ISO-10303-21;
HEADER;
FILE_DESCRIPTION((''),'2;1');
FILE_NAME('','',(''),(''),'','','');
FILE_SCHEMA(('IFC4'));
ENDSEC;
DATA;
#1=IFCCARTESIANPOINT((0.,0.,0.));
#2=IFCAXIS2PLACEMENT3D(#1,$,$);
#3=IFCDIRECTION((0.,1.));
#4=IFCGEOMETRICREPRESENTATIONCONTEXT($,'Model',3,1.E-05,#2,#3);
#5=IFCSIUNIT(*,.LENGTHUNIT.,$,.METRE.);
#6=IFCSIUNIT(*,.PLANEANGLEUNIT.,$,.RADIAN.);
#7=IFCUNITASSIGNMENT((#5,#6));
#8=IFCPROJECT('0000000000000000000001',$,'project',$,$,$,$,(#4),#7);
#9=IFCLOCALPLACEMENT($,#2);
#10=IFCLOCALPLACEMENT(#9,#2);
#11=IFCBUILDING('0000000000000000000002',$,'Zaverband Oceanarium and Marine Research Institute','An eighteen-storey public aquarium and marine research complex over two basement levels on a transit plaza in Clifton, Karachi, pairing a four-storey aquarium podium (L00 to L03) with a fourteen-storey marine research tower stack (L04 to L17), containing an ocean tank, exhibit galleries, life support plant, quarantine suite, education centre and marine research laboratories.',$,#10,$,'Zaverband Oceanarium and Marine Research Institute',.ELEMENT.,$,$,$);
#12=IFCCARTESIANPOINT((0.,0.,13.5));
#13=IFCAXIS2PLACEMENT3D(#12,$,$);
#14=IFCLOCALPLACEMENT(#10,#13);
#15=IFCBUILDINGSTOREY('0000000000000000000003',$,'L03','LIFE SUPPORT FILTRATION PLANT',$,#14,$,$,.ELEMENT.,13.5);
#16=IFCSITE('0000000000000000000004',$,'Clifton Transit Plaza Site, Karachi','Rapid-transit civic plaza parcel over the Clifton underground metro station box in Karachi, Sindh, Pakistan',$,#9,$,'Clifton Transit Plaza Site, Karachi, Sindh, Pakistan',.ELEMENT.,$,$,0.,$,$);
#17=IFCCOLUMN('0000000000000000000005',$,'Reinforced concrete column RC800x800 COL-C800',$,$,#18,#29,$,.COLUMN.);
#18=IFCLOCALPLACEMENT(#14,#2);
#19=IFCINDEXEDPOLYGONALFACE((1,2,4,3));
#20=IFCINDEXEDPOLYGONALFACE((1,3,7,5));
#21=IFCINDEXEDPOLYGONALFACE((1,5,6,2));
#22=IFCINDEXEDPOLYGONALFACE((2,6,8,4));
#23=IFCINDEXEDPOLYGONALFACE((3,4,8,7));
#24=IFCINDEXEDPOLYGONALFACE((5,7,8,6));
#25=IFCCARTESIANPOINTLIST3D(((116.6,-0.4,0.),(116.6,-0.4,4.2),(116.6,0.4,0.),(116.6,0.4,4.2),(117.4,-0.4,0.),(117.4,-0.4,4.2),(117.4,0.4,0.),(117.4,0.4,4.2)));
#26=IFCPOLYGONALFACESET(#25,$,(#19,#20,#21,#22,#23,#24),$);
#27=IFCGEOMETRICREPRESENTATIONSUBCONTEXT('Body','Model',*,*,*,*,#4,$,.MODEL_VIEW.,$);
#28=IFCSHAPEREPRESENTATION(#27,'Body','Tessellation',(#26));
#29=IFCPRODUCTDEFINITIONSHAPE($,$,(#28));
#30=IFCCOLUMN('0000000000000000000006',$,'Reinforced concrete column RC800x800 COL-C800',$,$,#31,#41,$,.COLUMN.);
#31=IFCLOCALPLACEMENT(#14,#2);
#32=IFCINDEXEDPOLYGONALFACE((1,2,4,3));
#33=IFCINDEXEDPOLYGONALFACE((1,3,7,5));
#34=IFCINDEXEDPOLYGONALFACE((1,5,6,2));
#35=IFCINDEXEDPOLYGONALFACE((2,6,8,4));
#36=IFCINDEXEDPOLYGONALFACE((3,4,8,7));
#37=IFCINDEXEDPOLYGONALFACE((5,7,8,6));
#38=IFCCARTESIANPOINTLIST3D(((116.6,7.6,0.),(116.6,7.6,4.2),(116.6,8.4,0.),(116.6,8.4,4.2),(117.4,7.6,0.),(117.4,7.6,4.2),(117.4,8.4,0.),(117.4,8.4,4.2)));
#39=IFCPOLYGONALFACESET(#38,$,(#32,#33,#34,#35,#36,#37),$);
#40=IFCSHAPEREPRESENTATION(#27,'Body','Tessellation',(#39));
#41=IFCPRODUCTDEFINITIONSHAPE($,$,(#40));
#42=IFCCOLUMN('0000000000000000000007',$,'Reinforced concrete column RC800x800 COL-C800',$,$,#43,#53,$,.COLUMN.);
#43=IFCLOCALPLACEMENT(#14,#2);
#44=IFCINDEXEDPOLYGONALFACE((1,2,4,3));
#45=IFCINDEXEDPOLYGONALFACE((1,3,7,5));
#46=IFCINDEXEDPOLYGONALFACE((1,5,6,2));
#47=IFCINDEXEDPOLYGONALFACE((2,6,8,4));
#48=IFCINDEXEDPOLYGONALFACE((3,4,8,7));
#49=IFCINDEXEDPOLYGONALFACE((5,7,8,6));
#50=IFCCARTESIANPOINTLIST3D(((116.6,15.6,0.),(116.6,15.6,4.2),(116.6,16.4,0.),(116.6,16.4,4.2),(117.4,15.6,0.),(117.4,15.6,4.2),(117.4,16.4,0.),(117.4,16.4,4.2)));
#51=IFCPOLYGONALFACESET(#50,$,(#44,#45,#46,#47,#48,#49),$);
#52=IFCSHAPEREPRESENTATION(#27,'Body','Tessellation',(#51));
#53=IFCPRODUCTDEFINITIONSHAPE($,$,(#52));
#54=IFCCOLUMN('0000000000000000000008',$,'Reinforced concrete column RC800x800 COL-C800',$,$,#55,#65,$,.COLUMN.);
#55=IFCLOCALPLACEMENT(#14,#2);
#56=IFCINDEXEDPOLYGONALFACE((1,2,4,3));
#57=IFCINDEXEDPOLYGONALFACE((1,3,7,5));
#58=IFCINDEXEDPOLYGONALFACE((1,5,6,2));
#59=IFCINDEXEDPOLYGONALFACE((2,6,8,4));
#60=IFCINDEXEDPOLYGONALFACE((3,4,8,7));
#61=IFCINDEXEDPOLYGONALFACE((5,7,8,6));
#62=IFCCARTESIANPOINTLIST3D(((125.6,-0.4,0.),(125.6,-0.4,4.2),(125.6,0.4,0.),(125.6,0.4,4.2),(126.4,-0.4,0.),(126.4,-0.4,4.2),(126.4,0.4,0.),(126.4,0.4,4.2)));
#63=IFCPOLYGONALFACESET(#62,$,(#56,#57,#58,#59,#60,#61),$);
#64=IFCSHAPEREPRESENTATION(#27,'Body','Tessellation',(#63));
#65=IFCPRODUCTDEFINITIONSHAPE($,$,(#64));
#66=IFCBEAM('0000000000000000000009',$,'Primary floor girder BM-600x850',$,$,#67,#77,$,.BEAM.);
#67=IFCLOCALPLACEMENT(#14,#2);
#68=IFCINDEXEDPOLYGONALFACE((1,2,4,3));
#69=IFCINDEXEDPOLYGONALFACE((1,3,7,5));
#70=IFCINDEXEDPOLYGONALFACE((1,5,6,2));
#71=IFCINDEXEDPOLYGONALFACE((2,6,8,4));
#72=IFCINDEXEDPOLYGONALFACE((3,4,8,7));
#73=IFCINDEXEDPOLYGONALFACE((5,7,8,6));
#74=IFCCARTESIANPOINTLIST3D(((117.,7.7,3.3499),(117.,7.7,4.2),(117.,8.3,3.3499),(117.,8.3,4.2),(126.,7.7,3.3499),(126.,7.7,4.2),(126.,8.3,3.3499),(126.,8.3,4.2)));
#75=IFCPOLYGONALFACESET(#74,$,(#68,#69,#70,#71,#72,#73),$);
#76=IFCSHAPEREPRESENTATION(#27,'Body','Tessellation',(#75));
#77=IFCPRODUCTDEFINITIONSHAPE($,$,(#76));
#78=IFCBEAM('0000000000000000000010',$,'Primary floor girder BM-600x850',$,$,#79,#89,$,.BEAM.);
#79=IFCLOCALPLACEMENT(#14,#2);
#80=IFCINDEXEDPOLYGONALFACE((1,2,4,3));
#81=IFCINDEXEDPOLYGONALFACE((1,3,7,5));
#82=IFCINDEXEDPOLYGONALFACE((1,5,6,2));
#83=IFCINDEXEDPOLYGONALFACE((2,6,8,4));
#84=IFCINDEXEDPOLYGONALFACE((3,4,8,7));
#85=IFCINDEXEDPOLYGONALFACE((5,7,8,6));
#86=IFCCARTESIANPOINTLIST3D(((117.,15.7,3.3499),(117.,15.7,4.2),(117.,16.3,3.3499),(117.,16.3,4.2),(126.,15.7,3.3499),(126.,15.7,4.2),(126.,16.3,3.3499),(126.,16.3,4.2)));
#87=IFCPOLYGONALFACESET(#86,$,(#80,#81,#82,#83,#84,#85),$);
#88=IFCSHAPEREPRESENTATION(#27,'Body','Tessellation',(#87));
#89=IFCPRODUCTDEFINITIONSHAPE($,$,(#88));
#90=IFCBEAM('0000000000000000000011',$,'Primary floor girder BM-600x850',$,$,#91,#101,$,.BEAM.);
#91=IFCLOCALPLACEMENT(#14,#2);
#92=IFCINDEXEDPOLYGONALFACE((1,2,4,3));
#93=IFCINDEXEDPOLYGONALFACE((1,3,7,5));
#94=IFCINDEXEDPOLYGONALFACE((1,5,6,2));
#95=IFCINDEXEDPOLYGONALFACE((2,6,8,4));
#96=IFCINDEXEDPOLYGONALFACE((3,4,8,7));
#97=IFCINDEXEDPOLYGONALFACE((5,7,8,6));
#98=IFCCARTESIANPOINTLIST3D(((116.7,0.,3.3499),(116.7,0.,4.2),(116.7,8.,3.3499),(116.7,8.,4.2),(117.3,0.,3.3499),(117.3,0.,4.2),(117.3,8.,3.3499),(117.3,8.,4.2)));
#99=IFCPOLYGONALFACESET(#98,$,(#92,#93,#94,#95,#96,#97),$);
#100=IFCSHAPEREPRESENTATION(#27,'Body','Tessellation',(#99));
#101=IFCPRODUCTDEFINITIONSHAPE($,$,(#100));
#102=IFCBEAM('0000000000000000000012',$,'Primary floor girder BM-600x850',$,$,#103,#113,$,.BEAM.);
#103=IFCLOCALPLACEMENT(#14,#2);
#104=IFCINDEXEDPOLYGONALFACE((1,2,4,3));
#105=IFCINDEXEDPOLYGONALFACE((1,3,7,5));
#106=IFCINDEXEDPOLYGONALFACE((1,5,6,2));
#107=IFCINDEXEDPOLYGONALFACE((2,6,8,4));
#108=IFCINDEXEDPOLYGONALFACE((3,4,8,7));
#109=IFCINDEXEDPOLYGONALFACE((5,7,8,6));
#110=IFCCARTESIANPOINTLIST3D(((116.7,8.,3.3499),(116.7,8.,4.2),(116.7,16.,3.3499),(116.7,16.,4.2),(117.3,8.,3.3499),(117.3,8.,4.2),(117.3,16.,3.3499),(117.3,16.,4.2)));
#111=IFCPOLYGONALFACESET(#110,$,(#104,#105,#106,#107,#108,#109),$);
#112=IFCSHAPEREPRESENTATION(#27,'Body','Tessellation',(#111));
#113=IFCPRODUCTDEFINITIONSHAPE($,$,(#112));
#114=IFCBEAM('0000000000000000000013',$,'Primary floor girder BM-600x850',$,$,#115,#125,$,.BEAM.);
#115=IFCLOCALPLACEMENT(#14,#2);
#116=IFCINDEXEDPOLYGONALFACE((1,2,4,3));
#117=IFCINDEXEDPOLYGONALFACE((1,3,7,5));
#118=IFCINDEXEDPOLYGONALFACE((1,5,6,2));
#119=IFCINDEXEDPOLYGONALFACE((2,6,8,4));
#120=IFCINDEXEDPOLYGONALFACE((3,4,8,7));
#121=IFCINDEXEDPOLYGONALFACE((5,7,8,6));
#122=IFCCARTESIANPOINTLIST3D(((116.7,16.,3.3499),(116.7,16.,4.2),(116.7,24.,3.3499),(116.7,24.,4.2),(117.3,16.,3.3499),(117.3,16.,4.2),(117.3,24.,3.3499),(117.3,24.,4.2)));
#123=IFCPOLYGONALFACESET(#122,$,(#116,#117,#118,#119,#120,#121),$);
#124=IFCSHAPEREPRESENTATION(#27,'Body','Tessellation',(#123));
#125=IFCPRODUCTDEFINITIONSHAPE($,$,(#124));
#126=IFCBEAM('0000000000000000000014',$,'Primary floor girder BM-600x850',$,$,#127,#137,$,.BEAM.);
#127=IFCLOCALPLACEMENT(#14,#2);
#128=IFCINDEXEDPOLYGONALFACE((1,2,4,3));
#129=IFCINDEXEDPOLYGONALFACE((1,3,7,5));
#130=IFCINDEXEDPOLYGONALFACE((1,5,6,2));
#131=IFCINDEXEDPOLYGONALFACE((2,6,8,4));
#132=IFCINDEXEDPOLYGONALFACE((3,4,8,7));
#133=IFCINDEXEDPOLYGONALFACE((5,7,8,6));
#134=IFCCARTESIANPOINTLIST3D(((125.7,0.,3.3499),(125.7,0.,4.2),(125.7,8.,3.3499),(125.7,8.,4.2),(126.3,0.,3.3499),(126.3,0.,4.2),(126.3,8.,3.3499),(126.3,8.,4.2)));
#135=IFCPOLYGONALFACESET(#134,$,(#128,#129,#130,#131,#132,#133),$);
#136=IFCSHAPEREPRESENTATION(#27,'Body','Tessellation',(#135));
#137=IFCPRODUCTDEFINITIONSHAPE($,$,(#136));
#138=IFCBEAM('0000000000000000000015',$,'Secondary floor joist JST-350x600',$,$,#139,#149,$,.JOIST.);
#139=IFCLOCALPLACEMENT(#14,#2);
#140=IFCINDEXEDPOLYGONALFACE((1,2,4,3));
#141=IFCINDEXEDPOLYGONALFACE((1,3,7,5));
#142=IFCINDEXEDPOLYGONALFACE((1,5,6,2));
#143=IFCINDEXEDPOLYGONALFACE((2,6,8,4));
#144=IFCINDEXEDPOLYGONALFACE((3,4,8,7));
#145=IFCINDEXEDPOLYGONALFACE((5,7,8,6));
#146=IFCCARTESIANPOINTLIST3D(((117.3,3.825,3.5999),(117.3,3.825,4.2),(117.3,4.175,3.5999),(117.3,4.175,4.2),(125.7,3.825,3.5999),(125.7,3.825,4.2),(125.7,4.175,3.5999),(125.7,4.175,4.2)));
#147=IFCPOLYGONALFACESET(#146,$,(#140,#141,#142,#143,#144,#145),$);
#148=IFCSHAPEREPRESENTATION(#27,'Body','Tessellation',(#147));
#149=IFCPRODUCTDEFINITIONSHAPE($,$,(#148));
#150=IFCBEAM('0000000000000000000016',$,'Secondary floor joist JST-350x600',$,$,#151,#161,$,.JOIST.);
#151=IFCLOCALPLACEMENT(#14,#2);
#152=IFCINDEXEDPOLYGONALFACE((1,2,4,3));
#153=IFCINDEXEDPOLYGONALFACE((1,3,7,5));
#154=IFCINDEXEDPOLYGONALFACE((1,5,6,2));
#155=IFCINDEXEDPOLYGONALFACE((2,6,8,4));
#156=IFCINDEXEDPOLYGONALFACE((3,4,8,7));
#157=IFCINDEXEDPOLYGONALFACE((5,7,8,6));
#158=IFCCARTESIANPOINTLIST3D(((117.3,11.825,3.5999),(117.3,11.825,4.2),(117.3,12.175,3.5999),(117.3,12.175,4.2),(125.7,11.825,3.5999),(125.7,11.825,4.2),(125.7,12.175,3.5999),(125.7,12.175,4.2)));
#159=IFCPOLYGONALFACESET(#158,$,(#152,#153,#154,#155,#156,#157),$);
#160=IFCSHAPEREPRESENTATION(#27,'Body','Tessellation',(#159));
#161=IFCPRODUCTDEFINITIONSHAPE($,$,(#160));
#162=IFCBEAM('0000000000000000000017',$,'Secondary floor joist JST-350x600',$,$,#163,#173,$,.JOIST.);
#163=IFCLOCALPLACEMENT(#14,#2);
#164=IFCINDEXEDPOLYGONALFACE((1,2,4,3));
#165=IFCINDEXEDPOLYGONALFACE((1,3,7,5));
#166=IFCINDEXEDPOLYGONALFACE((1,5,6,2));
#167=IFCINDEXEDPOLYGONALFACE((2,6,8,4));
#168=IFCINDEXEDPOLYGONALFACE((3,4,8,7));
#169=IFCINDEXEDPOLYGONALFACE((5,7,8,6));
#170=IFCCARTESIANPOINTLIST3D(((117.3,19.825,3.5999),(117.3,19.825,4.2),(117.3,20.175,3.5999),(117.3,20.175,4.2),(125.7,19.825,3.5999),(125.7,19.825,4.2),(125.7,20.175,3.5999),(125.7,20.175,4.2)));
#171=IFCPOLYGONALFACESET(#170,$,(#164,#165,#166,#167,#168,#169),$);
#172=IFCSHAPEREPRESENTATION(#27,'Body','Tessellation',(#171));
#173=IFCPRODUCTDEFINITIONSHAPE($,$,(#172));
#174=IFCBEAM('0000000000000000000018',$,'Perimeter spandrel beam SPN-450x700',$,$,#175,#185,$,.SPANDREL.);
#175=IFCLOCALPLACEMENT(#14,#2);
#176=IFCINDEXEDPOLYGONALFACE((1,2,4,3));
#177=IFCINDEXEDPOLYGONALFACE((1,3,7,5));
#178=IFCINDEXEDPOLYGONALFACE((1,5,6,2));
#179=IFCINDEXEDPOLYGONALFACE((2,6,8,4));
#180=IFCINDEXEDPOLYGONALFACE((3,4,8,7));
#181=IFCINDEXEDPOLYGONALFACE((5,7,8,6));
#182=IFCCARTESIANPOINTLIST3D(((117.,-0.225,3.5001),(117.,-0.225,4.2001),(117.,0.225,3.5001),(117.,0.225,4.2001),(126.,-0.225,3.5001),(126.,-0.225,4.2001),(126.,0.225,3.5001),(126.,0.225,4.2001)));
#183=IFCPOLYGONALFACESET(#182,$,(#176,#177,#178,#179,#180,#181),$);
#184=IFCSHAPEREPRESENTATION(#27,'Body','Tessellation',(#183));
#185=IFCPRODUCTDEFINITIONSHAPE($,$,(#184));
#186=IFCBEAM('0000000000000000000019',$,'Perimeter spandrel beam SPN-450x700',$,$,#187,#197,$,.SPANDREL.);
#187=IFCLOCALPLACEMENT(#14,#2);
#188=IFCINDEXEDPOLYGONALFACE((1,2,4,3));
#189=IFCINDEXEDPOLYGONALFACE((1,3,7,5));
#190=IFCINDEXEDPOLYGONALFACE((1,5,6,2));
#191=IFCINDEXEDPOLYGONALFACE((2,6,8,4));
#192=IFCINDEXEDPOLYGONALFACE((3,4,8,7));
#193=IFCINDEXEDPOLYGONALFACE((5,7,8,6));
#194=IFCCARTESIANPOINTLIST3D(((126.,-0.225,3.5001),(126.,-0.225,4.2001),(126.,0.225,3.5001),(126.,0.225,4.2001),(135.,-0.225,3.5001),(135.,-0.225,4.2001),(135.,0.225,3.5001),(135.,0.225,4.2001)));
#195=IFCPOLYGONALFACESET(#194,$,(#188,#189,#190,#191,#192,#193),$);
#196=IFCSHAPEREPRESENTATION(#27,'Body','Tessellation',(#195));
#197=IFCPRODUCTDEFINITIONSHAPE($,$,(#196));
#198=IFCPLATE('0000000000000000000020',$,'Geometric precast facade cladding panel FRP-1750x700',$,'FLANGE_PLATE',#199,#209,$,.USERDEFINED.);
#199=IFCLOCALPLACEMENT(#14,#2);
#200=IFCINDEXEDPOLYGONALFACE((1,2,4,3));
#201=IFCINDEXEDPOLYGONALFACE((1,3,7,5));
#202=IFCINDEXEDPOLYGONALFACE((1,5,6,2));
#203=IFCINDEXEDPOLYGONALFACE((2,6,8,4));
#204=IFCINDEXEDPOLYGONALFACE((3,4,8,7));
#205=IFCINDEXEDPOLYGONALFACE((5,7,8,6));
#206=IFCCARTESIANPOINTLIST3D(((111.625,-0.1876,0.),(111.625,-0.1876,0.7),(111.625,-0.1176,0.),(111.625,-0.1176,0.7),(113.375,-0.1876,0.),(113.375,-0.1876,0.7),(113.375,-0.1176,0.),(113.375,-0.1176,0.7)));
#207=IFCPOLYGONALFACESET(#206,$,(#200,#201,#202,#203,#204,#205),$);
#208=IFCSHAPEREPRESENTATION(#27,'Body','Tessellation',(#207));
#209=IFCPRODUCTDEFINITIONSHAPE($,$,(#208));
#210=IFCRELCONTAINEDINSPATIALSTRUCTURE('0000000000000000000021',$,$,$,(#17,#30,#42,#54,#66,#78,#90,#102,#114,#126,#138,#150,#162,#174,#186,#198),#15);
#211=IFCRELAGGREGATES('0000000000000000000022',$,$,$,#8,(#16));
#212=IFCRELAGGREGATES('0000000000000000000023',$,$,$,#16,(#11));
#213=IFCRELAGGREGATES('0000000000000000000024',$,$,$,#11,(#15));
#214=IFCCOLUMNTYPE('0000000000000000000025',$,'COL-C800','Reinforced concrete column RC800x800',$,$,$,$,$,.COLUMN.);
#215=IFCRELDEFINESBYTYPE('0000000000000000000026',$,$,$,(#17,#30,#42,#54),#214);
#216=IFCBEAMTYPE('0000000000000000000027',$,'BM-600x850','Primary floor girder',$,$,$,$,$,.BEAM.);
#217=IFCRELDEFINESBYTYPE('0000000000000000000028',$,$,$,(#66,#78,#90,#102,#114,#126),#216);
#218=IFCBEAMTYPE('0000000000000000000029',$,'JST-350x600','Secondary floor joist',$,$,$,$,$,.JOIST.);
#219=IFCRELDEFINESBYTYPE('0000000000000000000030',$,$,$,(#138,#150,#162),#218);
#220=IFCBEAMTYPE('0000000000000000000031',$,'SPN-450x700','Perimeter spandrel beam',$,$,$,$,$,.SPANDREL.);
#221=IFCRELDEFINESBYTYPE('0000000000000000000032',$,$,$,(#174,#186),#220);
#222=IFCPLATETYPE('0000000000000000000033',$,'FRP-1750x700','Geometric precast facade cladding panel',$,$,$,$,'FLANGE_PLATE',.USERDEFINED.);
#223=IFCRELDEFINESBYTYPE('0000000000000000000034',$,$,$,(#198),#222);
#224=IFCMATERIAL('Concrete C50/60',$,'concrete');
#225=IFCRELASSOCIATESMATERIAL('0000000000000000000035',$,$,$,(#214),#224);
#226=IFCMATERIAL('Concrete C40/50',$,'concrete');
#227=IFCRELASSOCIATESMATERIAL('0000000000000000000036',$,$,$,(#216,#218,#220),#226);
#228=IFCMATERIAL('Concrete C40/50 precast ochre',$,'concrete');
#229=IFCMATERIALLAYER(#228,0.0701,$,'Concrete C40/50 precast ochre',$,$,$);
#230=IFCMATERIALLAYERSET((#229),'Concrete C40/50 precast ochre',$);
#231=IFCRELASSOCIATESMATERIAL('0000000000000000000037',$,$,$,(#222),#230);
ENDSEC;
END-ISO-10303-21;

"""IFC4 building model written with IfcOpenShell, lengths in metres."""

from ifc_helpers import new_model, si_unit, direction, frame, frame_2d, origin, origin_2d, place, context, subcontext, project, spatial, rectangle, extrude, material, layer, layer_set, material_profile, profile_set, type_object, element, save


model = new_model("IFC4")

# Units and contexts
model_context = context("Model", 3, precision=1e-05, world=origin(), true_north=direction((0.0, 1.0)))
body_context = subcontext(model_context, "Body", "Model", "MODEL_VIEW")
ifc_project = project(units=[si_unit("LENGTHUNIT", "METRE"), si_unit("PLANEANGLEUNIT", "RADIAN")], contexts=[model_context])

# Site, building, storey
site_placement = place(None, origin())
site = spatial("IfcSite", under=ifc_project, at=site_placement, Name="Clifton Transit Plaza Site, Karachi", Description="Rapid-transit civic plaza parcel over the Clifton underground metro station box in Karachi, Sindh, Pakistan", LongName="Clifton Transit Plaza Site, Karachi, Sindh, Pakistan", CompositionType="ELEMENT", RefElevation=0.0)
building_placement = place(site_placement, origin())
building = spatial("IfcBuilding", under=site, at=building_placement, Name="Zaverband Oceanarium and Marine Research Institute", Description="An eighteen-storey public aquarium and marine research complex over two basement levels on a transit plaza in Clifton, Karachi, pairing a four-storey aquarium podium (L00 to L03) with a fourteen-storey marine research tower stack (L04 to L17), containing an ocean tank, exhibit galleries, life support plant, quarantine suite, education centre and marine research laboratories.", LongName="Zaverband Oceanarium and Marine Research Institute", CompositionType="ELEMENT")
storey_placement = place(building_placement, frame((0.0, 0.0, 13.5)))
storey = spatial("IfcBuildingStorey", under=building, at=storey_placement, Name="L03", Description="LIFE SUPPORT FILTRATION PLANT", CompositionType="ELEMENT", Elevation=13.5)

# Columns
ifc_material_1 = material(Name="Concrete C50/60", Category="concrete")
ifc_material_profile_1 = material_profile(ifc_material_1, rectangle(XDim=0.8, YDim=0.8, at=origin_2d()), Name="RC800x800")
ifc_profile_set_1 = profile_set([ifc_material_profile_1], Name="Concrete C50/60")
column_type = type_object("IfcColumnType", Name="COL-C800", Description="Reinforced concrete column RC800x800", PredefinedType="COLUMN", material=ifc_profile_set_1)
for number, where, z_axis, x_axis, name in (
    (1, (117.0, 0.0, 0.0), (0.0, 0.0, 1.0), (1.0, 0.0, 0.0), "Reinforced concrete column RC800x800 COL-C800"),
    (2, (117.0, 8.0, 0.0), (0.0, 0.0, 1.0), (1.0, 0.0, 0.0), "Reinforced concrete column RC800x800 COL-C800"),
    (3, (117.0, 16.0, 0.0), (0.0, 0.0, 1.0), (1.0, 0.0, 0.0), "Reinforced concrete column RC800x800 COL-C800"),
    (4, (126.0, 0.0, 0.0), (0.0, 0.0, 1.0), (1.0, 0.0, 0.0), "Reinforced concrete column RC800x800 COL-C800"),
):
    element("IfcColumn", number, at=place(storey_placement, frame(where, z_axis=z_axis, x_axis=x_axis)), inside=storey, type_object=column_type, Name=name, PredefinedType="COLUMN", context=body_context, shape_type="SweptSolid", body=[
        extrude(rectangle(XDim=0.8, YDim=0.8, at=origin_2d()), origin(), (0.0, 0.0, 1.0), 4.2),
    ])

# Beams
ifc_material_2 = material(Name="Concrete C40/50", Category="concrete")
ifc_material_profile_2 = material_profile(ifc_material_2, rectangle(XDim=0.6001, YDim=0.8501, at=origin_2d()), Name="RC600x850")
ifc_profile_set_2 = profile_set([ifc_material_profile_2], Name="Concrete C40/50")
beam_type_1 = type_object("IfcBeamType", Name="BM-600x850", Description="Primary floor girder", PredefinedType="BEAM", material=ifc_profile_set_2)
for number, where, z_axis, x_axis, name in (
    (5, (117.0, 8.0, 3.7749), (1.0, 0.0, 0.0), (0.0, 1.0, 0.0), "Primary floor girder BM-600x850"),
    (6, (117.0, 16.0, 3.7749), (1.0, 0.0, 0.0), (0.0, 1.0, 0.0), "Primary floor girder BM-600x850"),
):
    element("IfcBeam", number, at=place(storey_placement, frame(where, z_axis=z_axis, x_axis=x_axis)), inside=storey, type_object=beam_type_1, Name=name, PredefinedType="BEAM", context=body_context, shape_type="SweptSolid", body=[
        extrude(rectangle(XDim=0.6001, YDim=0.8501, at=origin_2d()), origin(), (0.0, 0.0, 1.0), 9.0),
    ])
for number, where, z_axis, x_axis, name in (
    (7, (117.0, 0.0, 3.7749), (0.0, 1.0, 0.0), (-1.0, 0.0, 0.0), "Primary floor girder BM-600x850"),
    (8, (117.0, 8.0, 3.7749), (0.0, 1.0, 0.0), (-1.0, 0.0, 0.0), "Primary floor girder BM-600x850"),
    (9, (117.0, 16.0, 3.7749), (0.0, 1.0, 0.0), (-1.0, 0.0, 0.0), "Primary floor girder BM-600x850"),
    (10, (126.0, 0.0, 3.7749), (0.0, 1.0, 0.0), (-1.0, 0.0, 0.0), "Primary floor girder BM-600x850"),
):
    element("IfcBeam", number, at=place(storey_placement, frame(where, z_axis=z_axis, x_axis=x_axis)), inside=storey, type_object=beam_type_1, Name=name, PredefinedType="BEAM", context=body_context, shape_type="SweptSolid", body=[
        extrude(rectangle(XDim=0.6001, YDim=0.8501, at=origin_2d()), origin(), (0.0, 0.0, 1.0), 8.0),
    ])
ifc_material_profile_3 = material_profile(ifc_material_2, rectangle(XDim=0.3501, YDim=0.6001, at=origin_2d()), Name="RC350x600")
ifc_profile_set_3 = profile_set([ifc_material_profile_3], Name="Concrete C40/50")
beam_type_2 = type_object("IfcBeamType", Name="JST-350x600", Description="Secondary floor joist", PredefinedType="JOIST", material=ifc_profile_set_3)
for number, where, z_axis, x_axis, name in (
    (11, (117.3, 4.0, 3.8999), (1.0, 0.0, 0.0), (0.0, 1.0, 0.0), "Secondary floor joist JST-350x600"),
    (12, (117.3, 12.0, 3.8999), (1.0, 0.0, 0.0), (0.0, 1.0, 0.0), "Secondary floor joist JST-350x600"),
    (13, (117.3, 20.0, 3.8999), (1.0, 0.0, 0.0), (0.0, 1.0, 0.0), "Secondary floor joist JST-350x600"),
):
    element("IfcBeam", number, at=place(storey_placement, frame(where, z_axis=z_axis, x_axis=x_axis)), inside=storey, type_object=beam_type_2, Name=name, PredefinedType="JOIST", context=body_context, shape_type="SweptSolid", body=[
        extrude(rectangle(XDim=0.3501, YDim=0.6001, at=origin_2d()), origin(), (0.0, 0.0, 1.0), 8.3999),
    ])
ifc_material_profile_4 = material_profile(ifc_material_2, rectangle(XDim=0.45, YDim=0.7, at=origin_2d()), Name="RC450x700")
ifc_profile_set_4 = profile_set([ifc_material_profile_4], Name="Concrete C40/50")
beam_type_3 = type_object("IfcBeamType", Name="SPN-450x700", Description="Perimeter spandrel beam", PredefinedType="SPANDREL", material=ifc_profile_set_4)
for number, where, z_axis, x_axis, name in (
    (14, (117.0, 0.0, 3.8501), (1.0, 0.0, 0.0), (0.0, 1.0, 0.0), "Perimeter spandrel beam SPN-450x700"),
    (15, (126.0, 0.0, 3.8501), (1.0, 0.0, 0.0), (0.0, 1.0, 0.0), "Perimeter spandrel beam SPN-450x700"),
):
    element("IfcBeam", number, at=place(storey_placement, frame(where, z_axis=z_axis, x_axis=x_axis)), inside=storey, type_object=beam_type_3, Name=name, PredefinedType="SPANDREL", context=body_context, shape_type="SweptSolid", body=[
        extrude(rectangle(XDim=0.45, YDim=0.7, at=origin_2d()), origin(), (0.0, 0.0, 1.0), 9.0),
    ])

# Plate
ifc_material_3 = material(Name="Concrete C40/50 precast ochre", Category="concrete")
ifc_layer_1 = layer(ifc_material_3, 0.0701, Name="Concrete C40/50 precast ochre")
ifc_layer_set_1 = layer_set([ifc_layer_1], Name="Concrete C40/50 precast ochre")
plate_type_1 = type_object("IfcPlateType", Name="FRP-1750x700", Description="Geometric precast facade cladding panel", ElementType="FLANGE_PLATE", PredefinedType="USERDEFINED", material=ifc_layer_set_1)
plate_1_placement = place(storey_placement, frame((111.625, -0.1526, 0.0), z_axis=(0.0, 0.0, 1.0), x_axis=(1.0, 0.0, 0.0)))
element("IfcPlate", 16, at=plate_1_placement, inside=storey, type_object=plate_type_1, Name="Geometric precast facade cladding panel FRP-1750x700", ObjectType="FLANGE_PLATE", PredefinedType="USERDEFINED", context=body_context, shape_type="SweptSolid", body=[
    extrude(rectangle(XDim=1.75, YDim=0.0701, at=frame_2d((0.875, 0.0))), origin(), (0.0, 0.0, 1.0), 0.7),
])

save(model, "model.ifc")
